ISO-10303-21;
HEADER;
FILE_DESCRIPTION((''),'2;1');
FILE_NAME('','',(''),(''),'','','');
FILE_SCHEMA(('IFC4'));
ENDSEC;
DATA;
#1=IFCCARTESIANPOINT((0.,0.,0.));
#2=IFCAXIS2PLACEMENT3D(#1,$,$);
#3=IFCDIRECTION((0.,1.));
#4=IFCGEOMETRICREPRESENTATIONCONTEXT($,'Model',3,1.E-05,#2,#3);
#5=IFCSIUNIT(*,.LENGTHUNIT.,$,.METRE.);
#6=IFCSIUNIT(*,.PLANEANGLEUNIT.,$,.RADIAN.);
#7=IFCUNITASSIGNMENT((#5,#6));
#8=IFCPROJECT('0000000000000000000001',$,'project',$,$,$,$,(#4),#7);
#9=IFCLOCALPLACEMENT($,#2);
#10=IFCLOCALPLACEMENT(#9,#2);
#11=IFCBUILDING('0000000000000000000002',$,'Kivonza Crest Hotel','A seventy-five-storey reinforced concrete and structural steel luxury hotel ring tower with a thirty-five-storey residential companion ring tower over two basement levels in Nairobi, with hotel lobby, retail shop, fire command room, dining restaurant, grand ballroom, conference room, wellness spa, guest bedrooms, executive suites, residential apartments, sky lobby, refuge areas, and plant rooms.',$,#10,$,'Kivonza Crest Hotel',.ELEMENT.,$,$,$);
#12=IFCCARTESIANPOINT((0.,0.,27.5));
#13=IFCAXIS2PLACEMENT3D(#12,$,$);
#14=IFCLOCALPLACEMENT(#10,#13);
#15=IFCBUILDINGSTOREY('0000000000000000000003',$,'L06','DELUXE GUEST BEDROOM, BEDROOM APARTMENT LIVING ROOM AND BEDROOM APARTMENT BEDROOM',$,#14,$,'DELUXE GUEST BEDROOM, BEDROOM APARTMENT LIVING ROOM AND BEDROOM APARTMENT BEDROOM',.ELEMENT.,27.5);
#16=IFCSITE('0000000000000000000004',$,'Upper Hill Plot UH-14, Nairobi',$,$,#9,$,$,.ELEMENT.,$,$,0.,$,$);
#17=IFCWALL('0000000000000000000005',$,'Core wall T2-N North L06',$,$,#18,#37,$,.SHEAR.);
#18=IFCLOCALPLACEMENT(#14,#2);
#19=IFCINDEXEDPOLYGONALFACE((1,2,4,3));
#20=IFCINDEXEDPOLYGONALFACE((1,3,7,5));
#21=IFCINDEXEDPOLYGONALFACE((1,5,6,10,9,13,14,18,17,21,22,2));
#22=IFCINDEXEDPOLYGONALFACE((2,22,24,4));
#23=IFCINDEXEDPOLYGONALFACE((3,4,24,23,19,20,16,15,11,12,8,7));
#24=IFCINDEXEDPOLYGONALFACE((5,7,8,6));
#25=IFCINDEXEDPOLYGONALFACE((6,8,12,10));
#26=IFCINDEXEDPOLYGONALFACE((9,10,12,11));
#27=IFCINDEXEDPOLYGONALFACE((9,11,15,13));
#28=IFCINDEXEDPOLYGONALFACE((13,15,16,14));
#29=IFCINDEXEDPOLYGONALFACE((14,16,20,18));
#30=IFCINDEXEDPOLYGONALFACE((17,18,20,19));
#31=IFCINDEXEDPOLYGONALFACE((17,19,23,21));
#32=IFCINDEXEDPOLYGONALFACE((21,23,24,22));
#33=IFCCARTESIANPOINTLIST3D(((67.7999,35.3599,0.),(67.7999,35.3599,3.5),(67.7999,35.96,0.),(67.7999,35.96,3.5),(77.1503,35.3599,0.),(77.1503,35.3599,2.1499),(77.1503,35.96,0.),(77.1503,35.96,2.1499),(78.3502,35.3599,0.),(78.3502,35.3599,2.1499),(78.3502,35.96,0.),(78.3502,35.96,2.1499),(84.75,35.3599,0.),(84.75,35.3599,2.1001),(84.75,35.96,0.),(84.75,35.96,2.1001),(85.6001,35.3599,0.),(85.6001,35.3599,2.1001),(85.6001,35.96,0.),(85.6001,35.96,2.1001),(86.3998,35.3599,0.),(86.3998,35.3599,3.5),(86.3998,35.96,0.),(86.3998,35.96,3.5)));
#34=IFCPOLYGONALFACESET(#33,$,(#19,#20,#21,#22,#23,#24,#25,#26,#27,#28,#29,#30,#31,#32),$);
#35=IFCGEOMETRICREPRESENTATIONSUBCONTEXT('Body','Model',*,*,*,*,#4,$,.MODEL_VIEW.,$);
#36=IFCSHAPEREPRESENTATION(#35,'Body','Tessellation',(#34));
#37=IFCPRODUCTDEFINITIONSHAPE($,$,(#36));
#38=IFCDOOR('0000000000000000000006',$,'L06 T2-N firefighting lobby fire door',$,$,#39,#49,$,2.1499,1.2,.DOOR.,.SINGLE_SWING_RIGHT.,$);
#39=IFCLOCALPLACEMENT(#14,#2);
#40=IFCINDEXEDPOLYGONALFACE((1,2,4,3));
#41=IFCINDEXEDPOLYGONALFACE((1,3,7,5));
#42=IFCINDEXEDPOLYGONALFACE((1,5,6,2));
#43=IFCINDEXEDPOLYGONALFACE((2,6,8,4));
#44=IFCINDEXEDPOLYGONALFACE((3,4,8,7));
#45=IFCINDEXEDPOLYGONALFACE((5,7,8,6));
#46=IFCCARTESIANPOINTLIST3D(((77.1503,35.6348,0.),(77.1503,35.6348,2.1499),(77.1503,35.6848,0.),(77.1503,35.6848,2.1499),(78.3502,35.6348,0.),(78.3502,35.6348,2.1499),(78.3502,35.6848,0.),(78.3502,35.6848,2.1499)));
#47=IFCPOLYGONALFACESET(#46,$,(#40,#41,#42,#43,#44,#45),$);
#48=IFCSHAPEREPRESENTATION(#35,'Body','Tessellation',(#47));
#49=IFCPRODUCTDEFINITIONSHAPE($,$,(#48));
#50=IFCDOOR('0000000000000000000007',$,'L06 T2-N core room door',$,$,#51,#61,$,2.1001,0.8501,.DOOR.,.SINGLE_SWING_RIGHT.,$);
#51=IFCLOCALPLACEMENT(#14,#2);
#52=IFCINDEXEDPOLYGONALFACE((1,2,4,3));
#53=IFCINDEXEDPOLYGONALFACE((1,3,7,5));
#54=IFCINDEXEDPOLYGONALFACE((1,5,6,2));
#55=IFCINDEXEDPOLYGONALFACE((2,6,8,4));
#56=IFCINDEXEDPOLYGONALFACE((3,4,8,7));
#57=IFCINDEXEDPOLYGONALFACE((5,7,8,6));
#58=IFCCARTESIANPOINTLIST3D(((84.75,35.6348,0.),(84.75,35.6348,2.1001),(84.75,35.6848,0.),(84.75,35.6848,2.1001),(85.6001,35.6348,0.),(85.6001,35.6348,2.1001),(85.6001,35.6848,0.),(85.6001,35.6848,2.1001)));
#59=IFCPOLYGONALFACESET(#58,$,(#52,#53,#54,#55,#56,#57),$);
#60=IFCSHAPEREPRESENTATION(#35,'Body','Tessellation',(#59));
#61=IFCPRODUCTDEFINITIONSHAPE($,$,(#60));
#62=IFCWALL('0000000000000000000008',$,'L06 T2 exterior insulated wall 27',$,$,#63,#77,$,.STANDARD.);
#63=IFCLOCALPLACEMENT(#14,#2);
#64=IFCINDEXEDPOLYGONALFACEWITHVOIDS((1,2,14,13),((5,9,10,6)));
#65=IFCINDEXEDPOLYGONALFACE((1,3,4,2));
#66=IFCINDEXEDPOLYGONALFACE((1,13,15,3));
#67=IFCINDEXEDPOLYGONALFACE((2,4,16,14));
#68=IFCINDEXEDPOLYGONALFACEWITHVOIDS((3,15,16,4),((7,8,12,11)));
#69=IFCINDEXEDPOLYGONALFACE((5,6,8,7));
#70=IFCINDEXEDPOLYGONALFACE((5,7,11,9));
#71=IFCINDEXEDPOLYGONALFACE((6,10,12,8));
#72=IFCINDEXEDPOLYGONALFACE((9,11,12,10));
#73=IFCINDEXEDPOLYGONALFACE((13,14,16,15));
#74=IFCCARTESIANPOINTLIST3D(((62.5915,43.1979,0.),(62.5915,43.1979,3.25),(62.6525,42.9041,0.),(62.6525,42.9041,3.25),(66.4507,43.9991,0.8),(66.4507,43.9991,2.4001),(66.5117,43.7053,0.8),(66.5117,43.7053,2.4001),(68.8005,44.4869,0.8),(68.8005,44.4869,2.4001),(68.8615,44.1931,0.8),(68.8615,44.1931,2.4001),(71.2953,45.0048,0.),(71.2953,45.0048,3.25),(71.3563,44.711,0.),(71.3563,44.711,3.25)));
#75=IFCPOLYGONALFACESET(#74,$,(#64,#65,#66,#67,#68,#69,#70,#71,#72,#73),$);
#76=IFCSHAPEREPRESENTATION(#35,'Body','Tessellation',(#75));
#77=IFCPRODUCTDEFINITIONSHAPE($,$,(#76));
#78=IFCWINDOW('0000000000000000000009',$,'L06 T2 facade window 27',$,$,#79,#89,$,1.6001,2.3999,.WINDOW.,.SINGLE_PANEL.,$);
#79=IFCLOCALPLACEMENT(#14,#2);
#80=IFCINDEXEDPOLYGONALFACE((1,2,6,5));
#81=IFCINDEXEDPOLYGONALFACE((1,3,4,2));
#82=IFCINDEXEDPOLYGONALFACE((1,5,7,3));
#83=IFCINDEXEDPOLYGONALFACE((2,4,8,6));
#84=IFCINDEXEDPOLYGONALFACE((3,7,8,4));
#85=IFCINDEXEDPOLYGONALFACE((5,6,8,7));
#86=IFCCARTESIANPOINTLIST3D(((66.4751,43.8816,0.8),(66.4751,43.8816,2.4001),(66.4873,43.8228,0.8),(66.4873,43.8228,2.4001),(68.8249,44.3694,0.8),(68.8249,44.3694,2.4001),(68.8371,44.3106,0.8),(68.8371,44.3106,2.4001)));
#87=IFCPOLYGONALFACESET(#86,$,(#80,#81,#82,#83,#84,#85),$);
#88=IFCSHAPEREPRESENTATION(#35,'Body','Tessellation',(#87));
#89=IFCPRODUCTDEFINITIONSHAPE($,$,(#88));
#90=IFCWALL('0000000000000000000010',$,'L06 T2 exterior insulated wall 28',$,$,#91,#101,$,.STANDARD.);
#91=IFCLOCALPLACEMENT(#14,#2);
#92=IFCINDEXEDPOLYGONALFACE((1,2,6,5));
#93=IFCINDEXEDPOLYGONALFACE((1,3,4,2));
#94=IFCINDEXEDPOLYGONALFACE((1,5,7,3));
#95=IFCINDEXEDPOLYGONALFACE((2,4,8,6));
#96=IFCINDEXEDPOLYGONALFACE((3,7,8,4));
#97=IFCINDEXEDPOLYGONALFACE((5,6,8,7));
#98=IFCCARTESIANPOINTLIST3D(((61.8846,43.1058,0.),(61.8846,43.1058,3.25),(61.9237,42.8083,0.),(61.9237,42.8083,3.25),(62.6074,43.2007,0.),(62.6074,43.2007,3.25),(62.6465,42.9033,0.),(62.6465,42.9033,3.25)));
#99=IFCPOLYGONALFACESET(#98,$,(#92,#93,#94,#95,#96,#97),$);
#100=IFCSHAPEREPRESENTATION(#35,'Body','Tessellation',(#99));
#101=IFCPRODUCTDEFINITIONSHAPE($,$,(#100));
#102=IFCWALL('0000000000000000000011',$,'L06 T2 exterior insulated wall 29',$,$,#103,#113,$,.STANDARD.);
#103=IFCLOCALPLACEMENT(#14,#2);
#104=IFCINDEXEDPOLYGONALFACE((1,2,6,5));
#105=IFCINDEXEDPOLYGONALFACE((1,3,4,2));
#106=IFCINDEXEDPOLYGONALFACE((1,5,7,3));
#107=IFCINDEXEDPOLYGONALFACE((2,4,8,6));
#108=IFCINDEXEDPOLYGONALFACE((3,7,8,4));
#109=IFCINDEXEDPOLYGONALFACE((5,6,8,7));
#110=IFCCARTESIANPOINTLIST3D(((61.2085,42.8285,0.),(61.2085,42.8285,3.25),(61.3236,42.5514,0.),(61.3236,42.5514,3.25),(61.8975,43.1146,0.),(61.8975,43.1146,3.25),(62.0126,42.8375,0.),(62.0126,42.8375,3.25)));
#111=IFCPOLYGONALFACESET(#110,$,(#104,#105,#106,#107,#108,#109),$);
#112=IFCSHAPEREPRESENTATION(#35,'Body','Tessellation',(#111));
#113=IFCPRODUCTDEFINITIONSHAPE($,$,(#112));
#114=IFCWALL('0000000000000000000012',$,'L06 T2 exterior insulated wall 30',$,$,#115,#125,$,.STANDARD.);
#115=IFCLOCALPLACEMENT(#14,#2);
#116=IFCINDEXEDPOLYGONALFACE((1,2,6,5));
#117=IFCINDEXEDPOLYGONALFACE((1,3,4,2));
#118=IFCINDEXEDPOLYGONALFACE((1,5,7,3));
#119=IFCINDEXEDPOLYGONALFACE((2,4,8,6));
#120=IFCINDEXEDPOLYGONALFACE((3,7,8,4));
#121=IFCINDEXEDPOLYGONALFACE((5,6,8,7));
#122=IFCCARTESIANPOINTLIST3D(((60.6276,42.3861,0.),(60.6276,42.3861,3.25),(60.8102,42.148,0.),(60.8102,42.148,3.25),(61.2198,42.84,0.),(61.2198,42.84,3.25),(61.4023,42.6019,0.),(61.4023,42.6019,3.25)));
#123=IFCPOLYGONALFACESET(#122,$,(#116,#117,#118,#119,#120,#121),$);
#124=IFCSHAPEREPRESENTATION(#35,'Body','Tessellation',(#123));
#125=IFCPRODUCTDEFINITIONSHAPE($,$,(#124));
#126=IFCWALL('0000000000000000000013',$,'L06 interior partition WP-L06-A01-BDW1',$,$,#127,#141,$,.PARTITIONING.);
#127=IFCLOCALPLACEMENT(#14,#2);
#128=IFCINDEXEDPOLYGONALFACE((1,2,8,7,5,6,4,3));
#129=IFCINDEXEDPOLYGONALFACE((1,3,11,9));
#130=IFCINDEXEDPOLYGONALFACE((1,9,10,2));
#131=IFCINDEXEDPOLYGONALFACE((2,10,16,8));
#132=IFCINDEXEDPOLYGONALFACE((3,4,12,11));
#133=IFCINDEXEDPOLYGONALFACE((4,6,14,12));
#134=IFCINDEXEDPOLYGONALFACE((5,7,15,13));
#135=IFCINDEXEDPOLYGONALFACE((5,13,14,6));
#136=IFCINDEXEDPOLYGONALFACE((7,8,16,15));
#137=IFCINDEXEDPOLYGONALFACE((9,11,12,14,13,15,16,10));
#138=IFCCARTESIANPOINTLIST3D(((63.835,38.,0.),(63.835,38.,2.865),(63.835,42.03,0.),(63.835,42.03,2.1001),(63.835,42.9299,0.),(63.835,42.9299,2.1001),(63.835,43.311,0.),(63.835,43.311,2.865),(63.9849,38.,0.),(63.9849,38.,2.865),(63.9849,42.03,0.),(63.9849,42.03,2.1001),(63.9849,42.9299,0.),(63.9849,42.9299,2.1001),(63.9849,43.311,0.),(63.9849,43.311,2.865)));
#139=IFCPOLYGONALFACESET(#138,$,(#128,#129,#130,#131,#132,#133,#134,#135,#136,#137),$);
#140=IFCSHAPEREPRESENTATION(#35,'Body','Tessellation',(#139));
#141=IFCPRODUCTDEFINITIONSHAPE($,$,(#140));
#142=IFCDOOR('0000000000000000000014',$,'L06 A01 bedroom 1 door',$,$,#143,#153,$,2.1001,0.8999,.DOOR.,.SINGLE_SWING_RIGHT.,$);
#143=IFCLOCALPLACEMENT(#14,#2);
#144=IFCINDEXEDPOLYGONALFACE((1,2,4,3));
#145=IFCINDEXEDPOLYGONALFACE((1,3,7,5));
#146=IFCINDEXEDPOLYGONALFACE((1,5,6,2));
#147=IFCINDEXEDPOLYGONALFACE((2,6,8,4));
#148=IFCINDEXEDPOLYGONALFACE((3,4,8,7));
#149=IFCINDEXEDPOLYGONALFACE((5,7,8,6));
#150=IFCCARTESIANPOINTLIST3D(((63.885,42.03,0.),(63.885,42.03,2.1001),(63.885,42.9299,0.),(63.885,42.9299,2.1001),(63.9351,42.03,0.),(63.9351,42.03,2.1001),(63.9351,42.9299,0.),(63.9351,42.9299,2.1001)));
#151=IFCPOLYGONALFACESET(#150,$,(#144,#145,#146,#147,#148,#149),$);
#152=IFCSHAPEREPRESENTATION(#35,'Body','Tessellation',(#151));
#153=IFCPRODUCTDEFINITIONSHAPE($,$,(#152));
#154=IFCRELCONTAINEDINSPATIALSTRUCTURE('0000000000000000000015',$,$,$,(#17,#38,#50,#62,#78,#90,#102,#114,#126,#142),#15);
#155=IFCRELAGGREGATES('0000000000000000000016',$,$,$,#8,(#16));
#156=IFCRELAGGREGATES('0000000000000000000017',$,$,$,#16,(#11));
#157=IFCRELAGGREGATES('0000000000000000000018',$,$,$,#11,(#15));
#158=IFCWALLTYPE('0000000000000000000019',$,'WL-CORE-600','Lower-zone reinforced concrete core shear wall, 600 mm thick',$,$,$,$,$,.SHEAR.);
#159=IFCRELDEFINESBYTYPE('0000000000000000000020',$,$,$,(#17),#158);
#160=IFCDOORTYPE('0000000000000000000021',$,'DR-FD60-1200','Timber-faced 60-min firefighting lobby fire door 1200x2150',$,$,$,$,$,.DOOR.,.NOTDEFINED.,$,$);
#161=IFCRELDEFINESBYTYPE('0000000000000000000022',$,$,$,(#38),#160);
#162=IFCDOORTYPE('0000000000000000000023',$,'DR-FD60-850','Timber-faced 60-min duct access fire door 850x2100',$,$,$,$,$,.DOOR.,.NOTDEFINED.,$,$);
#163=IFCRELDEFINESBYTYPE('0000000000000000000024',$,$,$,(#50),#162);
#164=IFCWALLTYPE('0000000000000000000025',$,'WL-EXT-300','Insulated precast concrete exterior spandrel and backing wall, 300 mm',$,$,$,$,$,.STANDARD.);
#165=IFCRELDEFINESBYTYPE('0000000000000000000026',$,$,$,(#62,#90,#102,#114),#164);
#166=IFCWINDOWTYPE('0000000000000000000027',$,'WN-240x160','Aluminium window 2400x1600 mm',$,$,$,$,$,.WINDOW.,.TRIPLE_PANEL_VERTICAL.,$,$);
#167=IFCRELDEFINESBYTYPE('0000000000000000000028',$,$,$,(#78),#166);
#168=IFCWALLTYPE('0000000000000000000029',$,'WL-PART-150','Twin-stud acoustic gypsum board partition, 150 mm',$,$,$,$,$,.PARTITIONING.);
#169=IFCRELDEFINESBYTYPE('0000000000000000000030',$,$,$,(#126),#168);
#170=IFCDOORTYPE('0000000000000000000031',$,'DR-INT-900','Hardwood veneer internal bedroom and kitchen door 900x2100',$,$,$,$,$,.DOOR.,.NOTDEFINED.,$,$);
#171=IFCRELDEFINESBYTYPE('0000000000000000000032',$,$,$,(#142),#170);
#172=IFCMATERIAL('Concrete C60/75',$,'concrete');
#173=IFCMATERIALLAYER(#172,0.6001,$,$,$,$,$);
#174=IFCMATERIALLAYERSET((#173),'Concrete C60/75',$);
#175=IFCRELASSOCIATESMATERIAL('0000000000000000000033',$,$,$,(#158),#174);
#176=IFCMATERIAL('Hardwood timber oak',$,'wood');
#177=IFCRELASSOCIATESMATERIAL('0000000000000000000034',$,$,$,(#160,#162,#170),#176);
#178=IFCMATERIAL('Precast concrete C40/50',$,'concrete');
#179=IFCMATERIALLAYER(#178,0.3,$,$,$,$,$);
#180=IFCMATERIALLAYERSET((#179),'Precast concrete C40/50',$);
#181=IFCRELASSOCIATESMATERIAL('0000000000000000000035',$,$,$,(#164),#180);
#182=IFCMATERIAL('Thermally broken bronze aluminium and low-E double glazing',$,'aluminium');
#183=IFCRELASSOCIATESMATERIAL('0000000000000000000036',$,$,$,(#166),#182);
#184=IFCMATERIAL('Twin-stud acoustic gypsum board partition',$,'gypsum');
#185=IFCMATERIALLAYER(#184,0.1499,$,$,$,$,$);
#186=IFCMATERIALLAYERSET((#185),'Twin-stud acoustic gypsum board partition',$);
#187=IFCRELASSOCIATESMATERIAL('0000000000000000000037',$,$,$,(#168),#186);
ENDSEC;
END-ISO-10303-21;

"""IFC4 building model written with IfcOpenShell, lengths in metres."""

from ifc_helpers import new_model, si_unit, direction, frame, frame_2d, origin, place, context, subcontext, project, spatial, rectangle, extrude, material, layer, layer_set, type_object, element, fill, save


model = new_model("IFC4")

# Units and contexts
model_context = context("Model", 3, precision=1e-05, world=origin(), true_north=direction((0.0, 1.0)))
body_context = subcontext(model_context, "Body", "Model", "MODEL_VIEW")
ifc_project = project(units=[si_unit("LENGTHUNIT", "METRE"), si_unit("PLANEANGLEUNIT", "RADIAN")], contexts=[model_context])

# Site, building, storey
site_placement = place(None, origin())
site = spatial("IfcSite", under=ifc_project, at=site_placement, Name="Upper Hill Plot UH-14, Nairobi", CompositionType="ELEMENT", RefElevation=0.0)
building_placement = place(site_placement, origin())
building = spatial("IfcBuilding", under=site, at=building_placement, Name="Kivonza Crest Hotel", Description="A seventy-five-storey reinforced concrete and structural steel luxury hotel ring tower with a thirty-five-storey residential companion ring tower over two basement levels in Nairobi, with hotel lobby, retail shop, fire command room, dining restaurant, grand ballroom, conference room, wellness spa, guest bedrooms, executive suites, residential apartments, sky lobby, refuge areas, and plant rooms.", LongName="Kivonza Crest Hotel", CompositionType="ELEMENT")
storey_placement = place(building_placement, frame((0.0, 0.0, 27.5)))
storey = spatial("IfcBuildingStorey", under=building, at=storey_placement, Name="L06", Description="DELUXE GUEST BEDROOM, BEDROOM APARTMENT LIVING ROOM AND BEDROOM APARTMENT BEDROOM", LongName="DELUXE GUEST BEDROOM, BEDROOM APARTMENT LIVING ROOM AND BEDROOM APARTMENT BEDROOM", CompositionType="ELEMENT", Elevation=27.5)

# Shared definitions
ifc_material_1 = material(Name="Concrete C60/75", Category="concrete")

# Shared definitions
ifc_material_2 = material(Name="Hardwood timber oak", Category="wood")

# Wall, openings, doors
ifc_layer_1 = layer(ifc_material_1, 0.6001)
ifc_layer_set_1 = layer_set([ifc_layer_1], Name="Concrete C60/75")
wall_type_1 = type_object("IfcWallType", Name="WL-CORE-600", Description="Lower-zone reinforced concrete core shear wall, 600 mm thick", PredefinedType="SHEAR", material=ifc_layer_set_1)
wall_1_placement = place(storey_placement, frame((67.8, 35.6599, 0.0), z_axis=(0.0, 0.0, 1.0), x_axis=(1.0, 0.0, 0.0)))
wall_1 = element("IfcWall", 1, at=wall_1_placement, inside=storey, type_object=wall_type_1, Name="Core wall T2-N North L06", PredefinedType="SHEAR", context=body_context, shape_type="SweptSolid", body=[
    extrude(rectangle(XDim=18.5999, YDim=0.6001, at=frame_2d((9.2998, 0.0))), origin(), (0.0, 0.0, 1.0), 3.5),
])
opening_1_placement = place(wall_1_placement, frame((9.3501, 0.0, 0.0)))
opening_1 = element("IfcOpeningElement", 2, at=opening_1_placement, cuts=wall_1, PredefinedType="OPENING", context=body_context, shape_type="SweptSolid", body=[
    extrude(rectangle(XDim=1.2, YDim=2.1499, at=frame_2d((0.6001, 1.075))), frame((0.0, 0.3101, 0.0), z_axis=(0.0, -1.0, 0.0), x_axis=(1.0, 0.0, 0.0)), (0.0, 0.0, 1.0), 0.6201),
])
opening_2_placement = place(wall_1_placement, frame((16.95, 0.0, 0.0)))
opening_2 = element("IfcOpeningElement", 3, at=opening_2_placement, cuts=wall_1, PredefinedType="OPENING", context=body_context, shape_type="SweptSolid", body=[
    extrude(rectangle(XDim=0.8501, YDim=2.1001, at=frame_2d((0.425, 1.05))), frame((0.0, 0.3101, 0.0), z_axis=(0.0, -1.0, 0.0), x_axis=(1.0, 0.0, 0.0)), (0.0, 0.0, 1.0), 0.6201),
])
door_type_1 = type_object("IfcDoorType", Name="DR-FD60-1200", Description="Timber-faced 60-min firefighting lobby fire door 1200x2150", OperationType="NOTDEFINED", PredefinedType="DOOR", material=ifc_material_2)
door_1_placement = place(opening_1_placement, origin())
door_1 = element("IfcDoor", 4, at=door_1_placement, inside=storey, type_object=door_type_1, Name="L06 T2-N firefighting lobby fire door", OperationType="SINGLE_SWING_RIGHT", OverallHeight=2.1499, OverallWidth=1.2, PredefinedType="DOOR", context=body_context, shape_type="SweptSolid", body=[
    extrude(rectangle(XDim=1.2, YDim=2.1499, at=frame_2d((0.6001, 1.075))), frame((0.0, 0.0249, 0.0), z_axis=(0.0, -1.0, 0.0), x_axis=(1.0, 0.0, 0.0)), (0.0, 0.0, 1.0), 0.05),
])
fill(opening_1, door_1)
door_type_2 = type_object("IfcDoorType", Name="DR-FD60-850", Description="Timber-faced 60-min duct access fire door 850x2100", OperationType="NOTDEFINED", PredefinedType="DOOR", material=ifc_material_2)
door_2_placement = place(opening_2_placement, origin())
door_2 = element("IfcDoor", 5, at=door_2_placement, inside=storey, type_object=door_type_2, Name="L06 T2-N core room door", OperationType="SINGLE_SWING_RIGHT", OverallHeight=2.1001, OverallWidth=0.8501, PredefinedType="DOOR", context=body_context, shape_type="SweptSolid", body=[
    extrude(rectangle(XDim=0.8501, YDim=2.1001, at=frame_2d((0.425, 1.05))), frame((0.0, 0.0249, 0.0), z_axis=(0.0, -1.0, 0.0), x_axis=(1.0, 0.0, 0.0)), (0.0, 0.0, 1.0), 0.05),
])
fill(opening_2, door_2)

# Wall, opening, window
ifc_material_3 = material(Name="Precast concrete C40/50", Category="concrete")
ifc_layer_2 = layer(ifc_material_3, 0.3)
ifc_layer_set_2 = layer_set([ifc_layer_2], Name="Precast concrete C40/50")
wall_type_2 = type_object("IfcWallType", Name="WL-EXT-300", Description="Insulated precast concrete exterior spandrel and backing wall, 300 mm", PredefinedType="STANDARD", material=ifc_layer_set_2)
wall_2_placement = place(storey_placement, frame((71.3259, 44.8579, 0.0), z_axis=(0.0, 0.0, 1.0), x_axis=(-0.979124, -0.203262, 0.0)))
wall_2 = element("IfcWall", 6, at=wall_2_placement, inside=storey, type_object=wall_type_2, Name="L06 T2 exterior insulated wall 27", PredefinedType="STANDARD", context=body_context, shape_type="SweptSolid", body=[
    extrude(rectangle(XDim=8.8894, YDim=0.3, at=frame_2d((4.4448, 0.0))), origin(), (0.0, 0.0, 1.0), 3.25),
])
opening_3_placement = place(wall_2_placement, frame((2.5481, 0.0, 0.8)))
opening_3 = element("IfcOpeningElement", 7, at=opening_3_placement, cuts=wall_2, PredefinedType="OPENING", context=body_context, shape_type="SweptSolid", body=[
    extrude(rectangle(XDim=2.3999, YDim=1.6001, at=frame_2d((1.2, 0.8))), frame((0.0, 0.1602, 0.0), z_axis=(0.0, -1.0, 0.0), x_axis=(1.0, 0.0, 0.0)), (0.0, 0.0, 1.0), 0.3201),
])
ifc_material_4 = material(Name="Thermally broken bronze aluminium and low-E double glazing", Category="aluminium")
window_type = type_object("IfcWindowType", Name="WN-240x160", Description="Aluminium window 2400x1600 mm", PartitioningType="TRIPLE_PANEL_VERTICAL", PredefinedType="WINDOW", material=ifc_material_4)
window_placement = place(opening_3_placement, origin())
window = element("IfcWindow", 8, at=window_placement, inside=storey, type_object=window_type, Name="L06 T2 facade window 27", OverallHeight=1.6001, OverallWidth=2.3999, PartitioningType="SINGLE_PANEL", PredefinedType="WINDOW", context=body_context, shape_type="SweptSolid", body=[
    extrude(rectangle(XDim=2.3999, YDim=1.6001, at=frame_2d((1.2, 0.8))), frame((0.0, 0.03, 0.0), z_axis=(0.0, -1.0, 0.0), x_axis=(1.0, 0.0, 0.0)), (0.0, 0.0, 1.0), 0.0601),
])
fill(opening_3, window)

# Walls
wall_3_placement = place(storey_placement, frame((62.627, 43.052, 0.0), z_axis=(0.0, 0.0, 1.0), x_axis=(-0.99148, -0.130255, 0.0)))
element("IfcWall", 9, at=wall_3_placement, inside=storey, type_object=wall_type_2, Name="L06 T2 exterior insulated wall 28", PredefinedType="STANDARD", context=body_context, shape_type="SweptSolid", body=[
    extrude(rectangle(XDim=0.729, YDim=0.3, at=frame_2d((0.3645, 0.0))), origin(), (0.0, 0.0, 1.0), 3.25),
])
for number, where, z_axis, x_axis, name in (
    (10, (61.9551, 42.9761, 0.0), (0.0, 0.0, 1.0), (-0.923522, -0.383546, 0.0), "L06 T2 exterior insulated wall 29"),
    (11, (61.311, 42.7209, 0.0), (0.0, 0.0, 1.0), (-0.793633, -0.608397, 0.0), "L06 T2 exterior insulated wall 30"),
):
    element("IfcWall", number, at=place(storey_placement, frame(where, z_axis=z_axis, x_axis=x_axis)), inside=storey, type_object=wall_type_2, Name=name, PredefinedType="STANDARD", context=body_context, shape_type="SweptSolid", body=[
        extrude(rectangle(XDim=0.7461, YDim=0.3, at=frame_2d((0.373, 0.0))), origin(), (0.0, 0.0, 1.0), 3.25),
    ])

# Wall, opening, door
ifc_material_5 = material(Name="Twin-stud acoustic gypsum board partition", Category="gypsum")
ifc_layer_3 = layer(ifc_material_5, 0.1499)
ifc_layer_set_3 = layer_set([ifc_layer_3], Name="Twin-stud acoustic gypsum board partition")
wall_type_3 = type_object("IfcWallType", Name="WL-PART-150", Description="Twin-stud acoustic gypsum board partition, 150 mm", PredefinedType="PARTITIONING", material=ifc_layer_set_3)
wall_4_placement = place(storey_placement, frame((63.9099, 38.0, 0.0), z_axis=(0.0, 0.0, 1.0), x_axis=(0.0, 1.0, 0.0)))
wall_4 = element("IfcWall", 12, at=wall_4_placement, inside=storey, type_object=wall_type_3, Name="L06 interior partition WP-L06-A01-BDW1", PredefinedType="PARTITIONING", context=body_context, shape_type="SweptSolid", body=[
    extrude(rectangle(XDim=5.311, YDim=0.1499, at=frame_2d((2.6555, 0.0))), origin(), (0.0, 0.0, 1.0), 2.865),
])
opening_4_placement = place(wall_4_placement, frame((4.03, 0.0, 0.0)))
opening_4 = element("IfcOpeningElement", 13, at=opening_4_placement, cuts=wall_4, PredefinedType="OPENING", context=body_context, shape_type="SweptSolid", body=[
    extrude(rectangle(XDim=0.8999, YDim=2.1001, at=frame_2d((0.45, 1.05))), frame((0.0, 0.085, 0.0), z_axis=(0.0, -1.0, 0.0), x_axis=(1.0, 0.0, 0.0)), (0.0, 0.0, 1.0), 0.1699),
])
door_type_3 = type_object("IfcDoorType", Name="DR-INT-900", Description="Hardwood veneer internal bedroom and kitchen door 900x2100", OperationType="NOTDEFINED", PredefinedType="DOOR", material=ifc_material_2)
door_3_placement = place(opening_4_placement, origin())
door_3 = element("IfcDoor", 14, at=door_3_placement, inside=storey, type_object=door_type_3, Name="L06 A01 bedroom 1 door", OperationType="SINGLE_SWING_RIGHT", OverallHeight=2.1001, OverallWidth=0.8999, PredefinedType="DOOR", context=body_context, shape_type="SweptSolid", body=[
    extrude(rectangle(XDim=0.8999, YDim=2.1001, at=frame_2d((0.45, 1.05))), frame((0.0, 0.0249, 0.0), z_axis=(0.0, -1.0, 0.0), x_axis=(1.0, 0.0, 0.0)), (0.0, 0.0, 1.0), 0.05),
])
fill(opening_4, door_3)

save(model, "model.ifc")
